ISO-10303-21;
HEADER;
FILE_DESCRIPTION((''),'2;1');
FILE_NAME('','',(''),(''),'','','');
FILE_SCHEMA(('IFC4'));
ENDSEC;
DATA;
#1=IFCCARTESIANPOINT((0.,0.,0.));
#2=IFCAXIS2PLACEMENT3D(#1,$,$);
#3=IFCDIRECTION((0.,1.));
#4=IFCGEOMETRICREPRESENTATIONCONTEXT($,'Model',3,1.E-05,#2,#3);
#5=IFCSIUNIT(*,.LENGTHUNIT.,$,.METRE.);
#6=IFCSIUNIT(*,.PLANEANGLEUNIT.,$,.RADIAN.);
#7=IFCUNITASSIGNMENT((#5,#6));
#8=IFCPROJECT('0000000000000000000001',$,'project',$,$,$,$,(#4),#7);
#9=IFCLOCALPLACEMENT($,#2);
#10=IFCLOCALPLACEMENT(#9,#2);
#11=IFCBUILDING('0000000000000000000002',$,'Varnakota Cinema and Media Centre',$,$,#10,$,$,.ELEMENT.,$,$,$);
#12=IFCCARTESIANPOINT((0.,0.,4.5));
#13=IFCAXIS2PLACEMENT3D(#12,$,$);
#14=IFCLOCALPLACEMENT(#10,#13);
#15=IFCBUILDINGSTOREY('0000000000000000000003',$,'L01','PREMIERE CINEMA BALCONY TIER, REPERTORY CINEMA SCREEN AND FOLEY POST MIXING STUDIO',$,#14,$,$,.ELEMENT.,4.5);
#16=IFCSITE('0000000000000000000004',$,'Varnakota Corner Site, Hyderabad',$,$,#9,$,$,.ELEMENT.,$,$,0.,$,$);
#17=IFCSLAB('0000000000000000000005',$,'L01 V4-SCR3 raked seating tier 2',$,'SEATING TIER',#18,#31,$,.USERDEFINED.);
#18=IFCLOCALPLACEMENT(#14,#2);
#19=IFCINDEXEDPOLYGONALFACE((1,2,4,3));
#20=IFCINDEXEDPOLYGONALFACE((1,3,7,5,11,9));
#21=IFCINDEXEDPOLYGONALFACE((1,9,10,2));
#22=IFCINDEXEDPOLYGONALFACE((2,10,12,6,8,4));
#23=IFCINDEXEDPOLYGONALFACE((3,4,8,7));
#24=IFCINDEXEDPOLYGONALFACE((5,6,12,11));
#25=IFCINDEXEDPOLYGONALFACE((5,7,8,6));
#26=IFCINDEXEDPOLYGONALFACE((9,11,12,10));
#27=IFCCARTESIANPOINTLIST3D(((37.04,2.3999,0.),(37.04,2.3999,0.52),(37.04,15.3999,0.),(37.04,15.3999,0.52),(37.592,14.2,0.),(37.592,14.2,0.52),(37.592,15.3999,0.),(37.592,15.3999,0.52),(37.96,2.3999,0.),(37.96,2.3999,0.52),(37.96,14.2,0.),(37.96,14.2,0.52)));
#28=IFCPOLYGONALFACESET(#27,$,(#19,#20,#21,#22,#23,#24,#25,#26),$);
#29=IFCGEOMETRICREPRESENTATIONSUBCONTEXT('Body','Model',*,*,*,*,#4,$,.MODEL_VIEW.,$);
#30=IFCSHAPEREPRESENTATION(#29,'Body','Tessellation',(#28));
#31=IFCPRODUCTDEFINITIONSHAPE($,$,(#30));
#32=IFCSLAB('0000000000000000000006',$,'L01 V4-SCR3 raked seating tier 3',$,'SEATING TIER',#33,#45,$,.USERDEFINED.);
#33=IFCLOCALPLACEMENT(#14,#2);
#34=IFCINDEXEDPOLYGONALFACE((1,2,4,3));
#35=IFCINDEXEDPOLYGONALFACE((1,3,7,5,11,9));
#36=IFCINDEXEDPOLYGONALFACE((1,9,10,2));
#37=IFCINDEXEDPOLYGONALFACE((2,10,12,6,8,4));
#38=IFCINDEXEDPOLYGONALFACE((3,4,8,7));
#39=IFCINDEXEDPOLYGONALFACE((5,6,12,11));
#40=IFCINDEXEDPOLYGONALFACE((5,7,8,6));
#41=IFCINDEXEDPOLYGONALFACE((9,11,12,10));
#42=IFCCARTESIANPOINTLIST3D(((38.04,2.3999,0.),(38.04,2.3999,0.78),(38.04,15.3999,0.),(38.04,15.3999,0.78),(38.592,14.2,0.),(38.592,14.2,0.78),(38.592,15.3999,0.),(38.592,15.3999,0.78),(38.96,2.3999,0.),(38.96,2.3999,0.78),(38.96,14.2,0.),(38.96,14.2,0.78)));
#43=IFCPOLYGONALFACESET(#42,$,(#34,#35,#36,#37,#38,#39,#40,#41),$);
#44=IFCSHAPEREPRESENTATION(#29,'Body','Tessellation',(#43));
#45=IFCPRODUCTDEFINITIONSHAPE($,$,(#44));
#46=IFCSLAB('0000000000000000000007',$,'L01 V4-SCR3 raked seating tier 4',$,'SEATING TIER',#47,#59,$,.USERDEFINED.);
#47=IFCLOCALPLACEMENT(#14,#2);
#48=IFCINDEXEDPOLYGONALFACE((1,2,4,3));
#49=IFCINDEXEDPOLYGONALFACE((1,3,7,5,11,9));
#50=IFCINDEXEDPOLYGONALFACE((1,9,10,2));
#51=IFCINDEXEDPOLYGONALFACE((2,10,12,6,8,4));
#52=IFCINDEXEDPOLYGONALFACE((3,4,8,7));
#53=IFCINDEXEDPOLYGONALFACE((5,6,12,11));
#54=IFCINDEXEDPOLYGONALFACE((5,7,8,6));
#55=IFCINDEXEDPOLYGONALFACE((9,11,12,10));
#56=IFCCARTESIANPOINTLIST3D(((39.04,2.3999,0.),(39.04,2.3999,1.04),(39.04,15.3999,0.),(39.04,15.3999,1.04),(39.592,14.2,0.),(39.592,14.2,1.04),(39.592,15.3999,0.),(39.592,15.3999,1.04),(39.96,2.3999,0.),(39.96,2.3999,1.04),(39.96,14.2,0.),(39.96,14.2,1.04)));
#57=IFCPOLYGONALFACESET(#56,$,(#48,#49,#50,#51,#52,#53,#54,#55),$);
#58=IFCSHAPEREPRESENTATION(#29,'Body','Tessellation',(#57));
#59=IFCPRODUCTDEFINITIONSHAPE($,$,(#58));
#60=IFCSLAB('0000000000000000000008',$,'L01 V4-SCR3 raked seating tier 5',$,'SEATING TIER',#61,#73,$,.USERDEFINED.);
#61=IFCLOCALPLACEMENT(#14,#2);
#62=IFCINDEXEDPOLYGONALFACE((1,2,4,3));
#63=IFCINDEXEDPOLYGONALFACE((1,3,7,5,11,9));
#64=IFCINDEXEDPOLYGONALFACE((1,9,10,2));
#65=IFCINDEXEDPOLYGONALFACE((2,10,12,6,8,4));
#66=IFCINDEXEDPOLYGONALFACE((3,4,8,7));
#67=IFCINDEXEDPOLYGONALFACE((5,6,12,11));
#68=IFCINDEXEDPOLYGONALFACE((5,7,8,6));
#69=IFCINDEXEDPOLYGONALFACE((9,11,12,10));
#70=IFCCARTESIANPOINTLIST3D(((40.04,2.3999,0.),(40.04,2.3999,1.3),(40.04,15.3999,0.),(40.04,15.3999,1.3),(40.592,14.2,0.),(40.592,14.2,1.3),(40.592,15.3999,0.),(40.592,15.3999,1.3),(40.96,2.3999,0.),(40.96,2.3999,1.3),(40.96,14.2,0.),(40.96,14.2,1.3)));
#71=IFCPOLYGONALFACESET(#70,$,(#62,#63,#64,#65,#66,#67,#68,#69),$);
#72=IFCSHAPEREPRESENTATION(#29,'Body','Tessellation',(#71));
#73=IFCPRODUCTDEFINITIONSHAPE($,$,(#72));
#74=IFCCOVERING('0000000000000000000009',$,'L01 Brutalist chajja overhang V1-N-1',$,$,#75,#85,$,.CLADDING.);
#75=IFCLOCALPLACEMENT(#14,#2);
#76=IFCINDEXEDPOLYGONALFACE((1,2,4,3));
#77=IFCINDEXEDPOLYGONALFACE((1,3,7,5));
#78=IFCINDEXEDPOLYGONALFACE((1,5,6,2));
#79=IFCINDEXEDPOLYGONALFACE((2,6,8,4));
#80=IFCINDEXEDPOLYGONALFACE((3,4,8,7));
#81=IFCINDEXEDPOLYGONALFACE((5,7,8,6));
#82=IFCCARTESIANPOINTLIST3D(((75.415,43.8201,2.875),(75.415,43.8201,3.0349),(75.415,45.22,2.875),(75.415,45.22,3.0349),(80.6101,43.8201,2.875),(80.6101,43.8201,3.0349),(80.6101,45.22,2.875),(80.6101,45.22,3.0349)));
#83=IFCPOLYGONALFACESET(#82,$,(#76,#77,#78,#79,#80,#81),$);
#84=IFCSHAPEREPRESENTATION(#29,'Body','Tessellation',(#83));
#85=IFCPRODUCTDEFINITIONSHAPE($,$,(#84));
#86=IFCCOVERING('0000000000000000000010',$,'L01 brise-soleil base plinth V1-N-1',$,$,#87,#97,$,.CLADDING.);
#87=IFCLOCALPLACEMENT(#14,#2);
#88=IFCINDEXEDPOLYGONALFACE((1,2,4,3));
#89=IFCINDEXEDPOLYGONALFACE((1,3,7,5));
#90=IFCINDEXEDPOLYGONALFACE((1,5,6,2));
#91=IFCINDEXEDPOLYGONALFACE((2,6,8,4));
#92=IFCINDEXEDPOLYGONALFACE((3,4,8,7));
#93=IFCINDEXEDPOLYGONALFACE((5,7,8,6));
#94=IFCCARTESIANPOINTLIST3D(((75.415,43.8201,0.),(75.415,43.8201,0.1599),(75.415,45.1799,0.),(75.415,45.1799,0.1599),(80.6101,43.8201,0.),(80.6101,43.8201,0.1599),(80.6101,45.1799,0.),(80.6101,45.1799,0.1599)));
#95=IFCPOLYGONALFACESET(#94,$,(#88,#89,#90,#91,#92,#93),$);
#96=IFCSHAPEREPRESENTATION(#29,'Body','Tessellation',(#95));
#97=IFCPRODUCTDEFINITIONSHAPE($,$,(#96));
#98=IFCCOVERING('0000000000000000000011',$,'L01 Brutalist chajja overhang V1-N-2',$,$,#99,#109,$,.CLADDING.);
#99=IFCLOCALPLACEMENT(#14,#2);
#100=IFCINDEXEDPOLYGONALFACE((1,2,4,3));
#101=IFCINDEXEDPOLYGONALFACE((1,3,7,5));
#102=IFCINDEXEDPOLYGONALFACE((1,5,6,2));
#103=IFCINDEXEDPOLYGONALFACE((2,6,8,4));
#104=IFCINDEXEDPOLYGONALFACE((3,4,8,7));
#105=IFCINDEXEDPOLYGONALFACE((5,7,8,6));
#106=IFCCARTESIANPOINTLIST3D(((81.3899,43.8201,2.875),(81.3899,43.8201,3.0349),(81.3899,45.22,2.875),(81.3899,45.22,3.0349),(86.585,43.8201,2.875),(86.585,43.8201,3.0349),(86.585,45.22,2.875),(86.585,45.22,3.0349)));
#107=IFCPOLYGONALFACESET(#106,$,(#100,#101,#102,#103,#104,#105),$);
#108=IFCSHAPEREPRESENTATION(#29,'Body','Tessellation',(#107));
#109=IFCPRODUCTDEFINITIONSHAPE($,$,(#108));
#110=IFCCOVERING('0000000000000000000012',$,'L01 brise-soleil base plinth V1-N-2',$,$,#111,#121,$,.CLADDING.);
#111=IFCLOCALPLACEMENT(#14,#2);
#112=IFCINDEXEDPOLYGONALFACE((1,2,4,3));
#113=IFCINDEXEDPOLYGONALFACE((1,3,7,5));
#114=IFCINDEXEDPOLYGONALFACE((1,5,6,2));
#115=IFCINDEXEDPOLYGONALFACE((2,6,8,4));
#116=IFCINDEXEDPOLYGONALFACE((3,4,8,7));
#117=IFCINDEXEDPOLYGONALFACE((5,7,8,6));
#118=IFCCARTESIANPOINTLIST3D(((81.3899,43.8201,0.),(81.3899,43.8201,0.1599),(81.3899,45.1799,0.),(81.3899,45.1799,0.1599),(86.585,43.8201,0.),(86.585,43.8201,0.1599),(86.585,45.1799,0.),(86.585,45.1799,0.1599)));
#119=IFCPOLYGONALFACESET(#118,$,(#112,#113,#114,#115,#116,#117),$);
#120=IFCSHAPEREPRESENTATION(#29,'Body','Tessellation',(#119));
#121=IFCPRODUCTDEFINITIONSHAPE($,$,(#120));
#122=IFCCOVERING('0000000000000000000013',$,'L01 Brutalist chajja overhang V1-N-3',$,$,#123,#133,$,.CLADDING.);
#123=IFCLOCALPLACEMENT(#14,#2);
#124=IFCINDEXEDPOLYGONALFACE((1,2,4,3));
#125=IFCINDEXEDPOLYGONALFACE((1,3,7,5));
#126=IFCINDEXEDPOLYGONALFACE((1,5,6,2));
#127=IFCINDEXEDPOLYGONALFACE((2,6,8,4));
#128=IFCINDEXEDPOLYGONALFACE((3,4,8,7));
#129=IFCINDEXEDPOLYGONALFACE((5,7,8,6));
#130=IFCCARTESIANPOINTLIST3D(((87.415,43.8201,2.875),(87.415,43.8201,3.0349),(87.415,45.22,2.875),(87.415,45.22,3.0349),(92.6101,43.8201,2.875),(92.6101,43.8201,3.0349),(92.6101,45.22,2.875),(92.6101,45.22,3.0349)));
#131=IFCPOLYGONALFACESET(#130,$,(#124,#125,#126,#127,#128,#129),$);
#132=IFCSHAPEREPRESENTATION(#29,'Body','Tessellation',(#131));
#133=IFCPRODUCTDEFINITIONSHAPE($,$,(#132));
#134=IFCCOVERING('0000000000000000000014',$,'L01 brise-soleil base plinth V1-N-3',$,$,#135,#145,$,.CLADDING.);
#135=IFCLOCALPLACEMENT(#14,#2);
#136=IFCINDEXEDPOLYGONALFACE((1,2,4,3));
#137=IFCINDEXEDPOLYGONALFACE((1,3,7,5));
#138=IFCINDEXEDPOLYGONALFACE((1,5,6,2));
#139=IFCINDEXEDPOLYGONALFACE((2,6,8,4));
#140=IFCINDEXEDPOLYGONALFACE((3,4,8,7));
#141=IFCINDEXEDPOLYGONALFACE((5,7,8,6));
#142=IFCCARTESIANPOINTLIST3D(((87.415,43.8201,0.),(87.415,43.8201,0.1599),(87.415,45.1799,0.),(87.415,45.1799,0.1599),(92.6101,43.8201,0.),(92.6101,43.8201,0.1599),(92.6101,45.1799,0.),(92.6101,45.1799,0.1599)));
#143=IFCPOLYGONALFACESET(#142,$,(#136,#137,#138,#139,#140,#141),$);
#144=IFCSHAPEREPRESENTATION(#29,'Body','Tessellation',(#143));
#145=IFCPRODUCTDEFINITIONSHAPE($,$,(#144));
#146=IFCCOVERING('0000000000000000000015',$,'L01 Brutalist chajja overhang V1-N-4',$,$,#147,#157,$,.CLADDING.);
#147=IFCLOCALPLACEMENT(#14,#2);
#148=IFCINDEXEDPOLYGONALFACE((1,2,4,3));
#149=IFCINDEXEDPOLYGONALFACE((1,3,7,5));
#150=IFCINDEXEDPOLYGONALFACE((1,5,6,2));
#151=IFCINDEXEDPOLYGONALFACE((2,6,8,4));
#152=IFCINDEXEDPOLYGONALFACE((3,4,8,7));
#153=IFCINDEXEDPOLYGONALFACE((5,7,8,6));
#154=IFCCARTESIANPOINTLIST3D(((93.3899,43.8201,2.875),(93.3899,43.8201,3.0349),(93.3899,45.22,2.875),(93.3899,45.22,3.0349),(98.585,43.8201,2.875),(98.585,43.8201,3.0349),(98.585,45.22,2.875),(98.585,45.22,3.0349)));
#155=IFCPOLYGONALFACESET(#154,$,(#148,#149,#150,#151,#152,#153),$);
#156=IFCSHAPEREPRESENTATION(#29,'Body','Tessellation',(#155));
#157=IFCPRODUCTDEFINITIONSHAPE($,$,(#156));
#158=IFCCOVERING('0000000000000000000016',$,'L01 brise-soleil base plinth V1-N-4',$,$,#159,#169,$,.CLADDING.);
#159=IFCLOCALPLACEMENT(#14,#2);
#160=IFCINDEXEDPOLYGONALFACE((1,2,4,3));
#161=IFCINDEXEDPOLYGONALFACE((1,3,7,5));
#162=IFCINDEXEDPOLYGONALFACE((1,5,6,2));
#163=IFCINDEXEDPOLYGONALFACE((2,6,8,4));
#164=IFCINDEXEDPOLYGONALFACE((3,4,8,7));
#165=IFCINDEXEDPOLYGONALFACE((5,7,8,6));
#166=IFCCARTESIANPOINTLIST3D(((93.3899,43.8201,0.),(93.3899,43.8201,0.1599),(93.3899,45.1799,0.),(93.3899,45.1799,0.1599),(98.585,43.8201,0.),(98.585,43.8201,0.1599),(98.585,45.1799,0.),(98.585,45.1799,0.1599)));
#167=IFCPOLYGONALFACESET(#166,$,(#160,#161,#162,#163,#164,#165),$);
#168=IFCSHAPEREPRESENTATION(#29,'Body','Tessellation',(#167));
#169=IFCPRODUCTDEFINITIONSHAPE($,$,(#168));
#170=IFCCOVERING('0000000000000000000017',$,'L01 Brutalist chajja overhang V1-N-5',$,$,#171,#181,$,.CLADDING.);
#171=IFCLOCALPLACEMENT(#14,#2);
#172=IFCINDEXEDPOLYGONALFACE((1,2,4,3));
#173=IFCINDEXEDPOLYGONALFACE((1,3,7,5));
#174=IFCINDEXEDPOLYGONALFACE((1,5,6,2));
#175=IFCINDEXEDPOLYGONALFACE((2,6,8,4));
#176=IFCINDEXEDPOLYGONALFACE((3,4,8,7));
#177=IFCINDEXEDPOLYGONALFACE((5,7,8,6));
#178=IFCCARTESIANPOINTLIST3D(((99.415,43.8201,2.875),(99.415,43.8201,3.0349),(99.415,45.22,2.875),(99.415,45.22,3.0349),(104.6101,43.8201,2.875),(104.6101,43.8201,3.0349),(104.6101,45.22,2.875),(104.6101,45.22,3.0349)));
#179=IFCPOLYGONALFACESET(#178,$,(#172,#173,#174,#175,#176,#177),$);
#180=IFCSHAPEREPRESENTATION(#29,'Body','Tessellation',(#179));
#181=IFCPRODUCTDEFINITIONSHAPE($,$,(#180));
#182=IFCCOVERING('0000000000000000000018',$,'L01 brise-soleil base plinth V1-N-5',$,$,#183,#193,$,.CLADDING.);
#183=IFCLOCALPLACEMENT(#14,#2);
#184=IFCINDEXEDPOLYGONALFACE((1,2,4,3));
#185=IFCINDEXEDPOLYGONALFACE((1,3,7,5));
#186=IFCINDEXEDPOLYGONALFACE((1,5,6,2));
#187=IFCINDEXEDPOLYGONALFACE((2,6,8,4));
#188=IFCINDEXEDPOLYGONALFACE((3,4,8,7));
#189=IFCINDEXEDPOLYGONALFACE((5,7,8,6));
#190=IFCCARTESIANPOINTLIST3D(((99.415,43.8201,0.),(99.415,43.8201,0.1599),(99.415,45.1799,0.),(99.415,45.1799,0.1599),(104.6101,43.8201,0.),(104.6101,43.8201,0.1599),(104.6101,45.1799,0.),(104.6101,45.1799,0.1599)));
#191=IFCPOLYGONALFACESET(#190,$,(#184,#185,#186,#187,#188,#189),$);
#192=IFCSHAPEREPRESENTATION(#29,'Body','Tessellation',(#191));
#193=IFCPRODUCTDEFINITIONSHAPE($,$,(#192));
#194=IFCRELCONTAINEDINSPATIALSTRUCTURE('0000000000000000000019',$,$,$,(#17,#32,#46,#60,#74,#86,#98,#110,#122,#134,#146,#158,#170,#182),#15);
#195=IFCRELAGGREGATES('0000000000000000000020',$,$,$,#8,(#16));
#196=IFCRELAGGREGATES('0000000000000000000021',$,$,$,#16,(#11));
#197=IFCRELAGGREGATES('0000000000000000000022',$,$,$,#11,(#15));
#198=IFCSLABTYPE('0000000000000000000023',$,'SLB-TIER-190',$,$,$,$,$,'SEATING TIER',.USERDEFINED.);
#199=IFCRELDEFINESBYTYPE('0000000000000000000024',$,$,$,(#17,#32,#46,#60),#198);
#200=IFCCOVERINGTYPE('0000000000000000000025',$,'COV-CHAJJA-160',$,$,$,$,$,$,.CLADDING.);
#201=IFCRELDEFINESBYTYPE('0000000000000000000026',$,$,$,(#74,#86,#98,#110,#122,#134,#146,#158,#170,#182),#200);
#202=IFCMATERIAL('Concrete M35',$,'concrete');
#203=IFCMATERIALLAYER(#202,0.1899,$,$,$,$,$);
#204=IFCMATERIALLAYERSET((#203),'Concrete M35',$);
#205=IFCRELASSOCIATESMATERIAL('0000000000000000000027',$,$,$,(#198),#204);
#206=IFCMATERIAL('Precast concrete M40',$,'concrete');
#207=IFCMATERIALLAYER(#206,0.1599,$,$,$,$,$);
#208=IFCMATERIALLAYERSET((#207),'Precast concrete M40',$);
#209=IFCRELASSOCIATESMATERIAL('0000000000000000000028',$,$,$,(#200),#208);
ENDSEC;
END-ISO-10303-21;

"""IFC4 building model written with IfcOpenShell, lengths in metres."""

from ifc_helpers import new_model, si_unit, direction, frame, origin, place, context, subcontext, project, spatial, polyline, outline, extrude, material, layer, layer_set, type_object, element, save


model = new_model("IFC4")

# Units and contexts
model_context = context("Model", 3, precision=1e-05, world=origin(), true_north=direction((0.0, 1.0)))
body_context = subcontext(model_context, "Body", "Model", "MODEL_VIEW")
ifc_project = project(units=[si_unit("LENGTHUNIT", "METRE"), si_unit("PLANEANGLEUNIT", "RADIAN")], contexts=[model_context])

# Site, building, storey
site_placement = place(None, origin())
site = spatial("IfcSite", under=ifc_project, at=site_placement, Name="Varnakota Corner Site, Hyderabad", CompositionType="ELEMENT", RefElevation=0.0)
building_placement = place(site_placement, origin())
building = spatial("IfcBuilding", under=site, at=building_placement, Name="Varnakota Cinema and Media Centre", CompositionType="ELEMENT")
storey_placement = place(building_placement, frame((0.0, 0.0, 4.5)))
storey = spatial("IfcBuildingStorey", under=building, at=storey_placement, Name="L01", Description="PREMIERE CINEMA BALCONY TIER, REPERTORY CINEMA SCREEN AND FOLEY POST MIXING STUDIO", CompositionType="ELEMENT", Elevation=4.5)

# Slabs
ifc_material_1 = material(Name="Concrete M35", Category="concrete")
ifc_layer_1 = layer(ifc_material_1, 0.1899)
ifc_layer_set_1 = layer_set([ifc_layer_1], Name="Concrete M35")
slab_type = type_object("IfcSlabType", Name="SLB-TIER-190", ElementType="SEATING TIER", PredefinedType="USERDEFINED", material=ifc_layer_set_1)
slab_1_placement = place(storey_placement, origin())
element("IfcSlab", 1, at=slab_1_placement, inside=storey, type_object=slab_type, Name="L01 V4-SCR3 raked seating tier 2", ObjectType="SEATING TIER", PredefinedType="USERDEFINED", context=body_context, shape_type="SweptSolid", body=[
    extrude(outline(polyline([(37.04, 2.3999), (37.96, 2.3999), (37.96, 14.2), (37.592, 14.2), (37.592, 15.3999), (37.04, 15.3999), (37.04, 2.3999)])), origin(), (0.0, 0.0, 1.0), 0.52),
])
slab_2_placement = place(storey_placement, origin())
element("IfcSlab", 2, at=slab_2_placement, inside=storey, type_object=slab_type, Name="L01 V4-SCR3 raked seating tier 3", ObjectType="SEATING TIER", PredefinedType="USERDEFINED", context=body_context, shape_type="SweptSolid", body=[
    extrude(outline(polyline([(38.04, 2.3999), (38.96, 2.3999), (38.96, 14.2), (38.592, 14.2), (38.592, 15.3999), (38.04, 15.3999), (38.04, 2.3999)])), origin(), (0.0, 0.0, 1.0), 0.78),
])
slab_3_placement = place(storey_placement, origin())
element("IfcSlab", 3, at=slab_3_placement, inside=storey, type_object=slab_type, Name="L01 V4-SCR3 raked seating tier 4", ObjectType="SEATING TIER", PredefinedType="USERDEFINED", context=body_context, shape_type="SweptSolid", body=[
    extrude(outline(polyline([(39.04, 2.3999), (39.96, 2.3999), (39.96, 14.2), (39.592, 14.2), (39.592, 15.3999), (39.04, 15.3999), (39.04, 2.3999)])), origin(), (0.0, 0.0, 1.0), 1.04),
])
slab_4_placement = place(storey_placement, origin())
element("IfcSlab", 4, at=slab_4_placement, inside=storey, type_object=slab_type, Name="L01 V4-SCR3 raked seating tier 5", ObjectType="SEATING TIER", PredefinedType="USERDEFINED", context=body_context, shape_type="SweptSolid", body=[
    extrude(outline(polyline([(40.04, 2.3999), (40.96, 2.3999), (40.96, 14.2), (40.592, 14.2), (40.592, 15.3999), (40.04, 15.3999), (40.04, 2.3999)])), origin(), (0.0, 0.0, 1.0), 1.3),
])

# Coverings
ifc_material_2 = material(Name="Precast concrete M40", Category="concrete")
ifc_layer_2 = layer(ifc_material_2, 0.1599)
ifc_layer_set_2 = layer_set([ifc_layer_2], Name="Precast concrete M40")
covering_type_1 = type_object("IfcCoveringType", Name="COV-CHAJJA-160", PredefinedType="CLADDING", material=ifc_layer_set_2)
covering_1_placement = place(storey_placement, frame((0.0, 0.0, 2.875)))
element("IfcCovering", 5, at=covering_1_placement, inside=storey, type_object=covering_type_1, Name="L01 Brutalist chajja overhang V1-N-1", PredefinedType="CLADDING", context=body_context, shape_type="SweptSolid", body=[
    extrude(outline(polyline([(75.415, 43.8201), (80.6101, 43.8201), (80.6101, 45.22), (75.415, 45.22), (75.415, 43.8201)])), origin(), (0.0, 0.0, 1.0), 0.1599),
])
covering_2_placement = place(storey_placement, origin())
element("IfcCovering", 6, at=covering_2_placement, inside=storey, type_object=covering_type_1, Name="L01 brise-soleil base plinth V1-N-1", PredefinedType="CLADDING", context=body_context, shape_type="SweptSolid", body=[
    extrude(outline(polyline([(75.415, 43.8201), (80.6101, 43.8201), (80.6101, 45.1799), (75.415, 45.1799), (75.415, 43.8201)])), origin(), (0.0, 0.0, 1.0), 0.1599),
])
covering_3_placement = place(storey_placement, frame((0.0, 0.0, 2.875)))
element("IfcCovering", 7, at=covering_3_placement, inside=storey, type_object=covering_type_1, Name="L01 Brutalist chajja overhang V1-N-2", PredefinedType="CLADDING", context=body_context, shape_type="SweptSolid", body=[
    extrude(outline(polyline([(81.3899, 43.8201), (86.585, 43.8201), (86.585, 45.22), (81.3899, 45.22), (81.3899, 43.8201)])), origin(), (0.0, 0.0, 1.0), 0.1599),
])
covering_4_placement = place(storey_placement, origin())
element("IfcCovering", 8, at=covering_4_placement, inside=storey, type_object=covering_type_1, Name="L01 brise-soleil base plinth V1-N-2", PredefinedType="CLADDING", context=body_context, shape_type="SweptSolid", body=[
    extrude(outline(polyline([(81.3899, 43.8201), (86.585, 43.8201), (86.585, 45.1799), (81.3899, 45.1799), (81.3899, 43.8201)])), origin(), (0.0, 0.0, 1.0), 0.1599),
])
covering_5_placement = place(storey_placement, frame((0.0, 0.0, 2.875)))
element("IfcCovering", 9, at=covering_5_placement, inside=storey, type_object=covering_type_1, Name="L01 Brutalist chajja overhang V1-N-3", PredefinedType="CLADDING", context=body_context, shape_type="SweptSolid", body=[
    extrude(outline(polyline([(87.415, 43.8201), (92.6101, 43.8201), (92.6101, 45.22), (87.415, 45.22), (87.415, 43.8201)])), origin(), (0.0, 0.0, 1.0), 0.1599),
])
covering_6_placement = place(storey_placement, origin())
element("IfcCovering", 10, at=covering_6_placement, inside=storey, type_object=covering_type_1, Name="L01 brise-soleil base plinth V1-N-3", PredefinedType="CLADDING", context=body_context, shape_type="SweptSolid", body=[
    extrude(outline(polyline([(87.415, 43.8201), (92.6101, 43.8201), (92.6101, 45.1799), (87.415, 45.1799), (87.415, 43.8201)])), origin(), (0.0, 0.0, 1.0), 0.1599),
])
covering_7_placement = place(storey_placement, frame((0.0, 0.0, 2.875)))
element("IfcCovering", 11, at=covering_7_placement, inside=storey, type_object=covering_type_1, Name="L01 Brutalist chajja overhang V1-N-4", PredefinedType="CLADDING", context=body_context, shape_type="SweptSolid", body=[
    extrude(outline(polyline([(93.3899, 43.8201), (98.585, 43.8201), (98.585, 45.22), (93.3899, 45.22), (93.3899, 43.8201)])), origin(), (0.0, 0.0, 1.0), 0.1599),
])
covering_8_placement = place(storey_placement, origin())
element("IfcCovering", 12, at=covering_8_placement, inside=storey, type_object=covering_type_1, Name="L01 brise-soleil base plinth V1-N-4", PredefinedType="CLADDING", context=body_context, shape_type="SweptSolid", body=[
    extrude(outline(polyline([(93.3899, 43.8201), (98.585, 43.8201), (98.585, 45.1799), (93.3899, 45.1799), (93.3899, 43.8201)])), origin(), (0.0, 0.0, 1.0), 0.1599),
])
covering_9_placement = place(storey_placement, frame((0.0, 0.0, 2.875)))
element("IfcCovering", 13, at=covering_9_placement, inside=storey, type_object=covering_type_1, Name="L01 Brutalist chajja overhang V1-N-5", PredefinedType="CLADDING", context=body_context, shape_type="SweptSolid", body=[
    extrude(outline(polyline([(99.415, 43.8201), (104.6101, 43.8201), (104.6101, 45.22), (99.415, 45.22), (99.415, 43.8201)])), origin(), (0.0, 0.0, 1.0), 0.1599),
])
covering_10_placement = place(storey_placement, origin())
element("IfcCovering", 14, at=covering_10_placement, inside=storey, type_object=covering_type_1, Name="L01 brise-soleil base plinth V1-N-5", PredefinedType="CLADDING", context=body_context, shape_type="SweptSolid", body=[
    extrude(outline(polyline([(99.415, 43.8201), (104.6101, 43.8201), (104.6101, 45.1799), (99.415, 45.1799), (99.415, 43.8201)])), origin(), (0.0, 0.0, 1.0), 0.1599),
])

save(model, "model.ifc")
